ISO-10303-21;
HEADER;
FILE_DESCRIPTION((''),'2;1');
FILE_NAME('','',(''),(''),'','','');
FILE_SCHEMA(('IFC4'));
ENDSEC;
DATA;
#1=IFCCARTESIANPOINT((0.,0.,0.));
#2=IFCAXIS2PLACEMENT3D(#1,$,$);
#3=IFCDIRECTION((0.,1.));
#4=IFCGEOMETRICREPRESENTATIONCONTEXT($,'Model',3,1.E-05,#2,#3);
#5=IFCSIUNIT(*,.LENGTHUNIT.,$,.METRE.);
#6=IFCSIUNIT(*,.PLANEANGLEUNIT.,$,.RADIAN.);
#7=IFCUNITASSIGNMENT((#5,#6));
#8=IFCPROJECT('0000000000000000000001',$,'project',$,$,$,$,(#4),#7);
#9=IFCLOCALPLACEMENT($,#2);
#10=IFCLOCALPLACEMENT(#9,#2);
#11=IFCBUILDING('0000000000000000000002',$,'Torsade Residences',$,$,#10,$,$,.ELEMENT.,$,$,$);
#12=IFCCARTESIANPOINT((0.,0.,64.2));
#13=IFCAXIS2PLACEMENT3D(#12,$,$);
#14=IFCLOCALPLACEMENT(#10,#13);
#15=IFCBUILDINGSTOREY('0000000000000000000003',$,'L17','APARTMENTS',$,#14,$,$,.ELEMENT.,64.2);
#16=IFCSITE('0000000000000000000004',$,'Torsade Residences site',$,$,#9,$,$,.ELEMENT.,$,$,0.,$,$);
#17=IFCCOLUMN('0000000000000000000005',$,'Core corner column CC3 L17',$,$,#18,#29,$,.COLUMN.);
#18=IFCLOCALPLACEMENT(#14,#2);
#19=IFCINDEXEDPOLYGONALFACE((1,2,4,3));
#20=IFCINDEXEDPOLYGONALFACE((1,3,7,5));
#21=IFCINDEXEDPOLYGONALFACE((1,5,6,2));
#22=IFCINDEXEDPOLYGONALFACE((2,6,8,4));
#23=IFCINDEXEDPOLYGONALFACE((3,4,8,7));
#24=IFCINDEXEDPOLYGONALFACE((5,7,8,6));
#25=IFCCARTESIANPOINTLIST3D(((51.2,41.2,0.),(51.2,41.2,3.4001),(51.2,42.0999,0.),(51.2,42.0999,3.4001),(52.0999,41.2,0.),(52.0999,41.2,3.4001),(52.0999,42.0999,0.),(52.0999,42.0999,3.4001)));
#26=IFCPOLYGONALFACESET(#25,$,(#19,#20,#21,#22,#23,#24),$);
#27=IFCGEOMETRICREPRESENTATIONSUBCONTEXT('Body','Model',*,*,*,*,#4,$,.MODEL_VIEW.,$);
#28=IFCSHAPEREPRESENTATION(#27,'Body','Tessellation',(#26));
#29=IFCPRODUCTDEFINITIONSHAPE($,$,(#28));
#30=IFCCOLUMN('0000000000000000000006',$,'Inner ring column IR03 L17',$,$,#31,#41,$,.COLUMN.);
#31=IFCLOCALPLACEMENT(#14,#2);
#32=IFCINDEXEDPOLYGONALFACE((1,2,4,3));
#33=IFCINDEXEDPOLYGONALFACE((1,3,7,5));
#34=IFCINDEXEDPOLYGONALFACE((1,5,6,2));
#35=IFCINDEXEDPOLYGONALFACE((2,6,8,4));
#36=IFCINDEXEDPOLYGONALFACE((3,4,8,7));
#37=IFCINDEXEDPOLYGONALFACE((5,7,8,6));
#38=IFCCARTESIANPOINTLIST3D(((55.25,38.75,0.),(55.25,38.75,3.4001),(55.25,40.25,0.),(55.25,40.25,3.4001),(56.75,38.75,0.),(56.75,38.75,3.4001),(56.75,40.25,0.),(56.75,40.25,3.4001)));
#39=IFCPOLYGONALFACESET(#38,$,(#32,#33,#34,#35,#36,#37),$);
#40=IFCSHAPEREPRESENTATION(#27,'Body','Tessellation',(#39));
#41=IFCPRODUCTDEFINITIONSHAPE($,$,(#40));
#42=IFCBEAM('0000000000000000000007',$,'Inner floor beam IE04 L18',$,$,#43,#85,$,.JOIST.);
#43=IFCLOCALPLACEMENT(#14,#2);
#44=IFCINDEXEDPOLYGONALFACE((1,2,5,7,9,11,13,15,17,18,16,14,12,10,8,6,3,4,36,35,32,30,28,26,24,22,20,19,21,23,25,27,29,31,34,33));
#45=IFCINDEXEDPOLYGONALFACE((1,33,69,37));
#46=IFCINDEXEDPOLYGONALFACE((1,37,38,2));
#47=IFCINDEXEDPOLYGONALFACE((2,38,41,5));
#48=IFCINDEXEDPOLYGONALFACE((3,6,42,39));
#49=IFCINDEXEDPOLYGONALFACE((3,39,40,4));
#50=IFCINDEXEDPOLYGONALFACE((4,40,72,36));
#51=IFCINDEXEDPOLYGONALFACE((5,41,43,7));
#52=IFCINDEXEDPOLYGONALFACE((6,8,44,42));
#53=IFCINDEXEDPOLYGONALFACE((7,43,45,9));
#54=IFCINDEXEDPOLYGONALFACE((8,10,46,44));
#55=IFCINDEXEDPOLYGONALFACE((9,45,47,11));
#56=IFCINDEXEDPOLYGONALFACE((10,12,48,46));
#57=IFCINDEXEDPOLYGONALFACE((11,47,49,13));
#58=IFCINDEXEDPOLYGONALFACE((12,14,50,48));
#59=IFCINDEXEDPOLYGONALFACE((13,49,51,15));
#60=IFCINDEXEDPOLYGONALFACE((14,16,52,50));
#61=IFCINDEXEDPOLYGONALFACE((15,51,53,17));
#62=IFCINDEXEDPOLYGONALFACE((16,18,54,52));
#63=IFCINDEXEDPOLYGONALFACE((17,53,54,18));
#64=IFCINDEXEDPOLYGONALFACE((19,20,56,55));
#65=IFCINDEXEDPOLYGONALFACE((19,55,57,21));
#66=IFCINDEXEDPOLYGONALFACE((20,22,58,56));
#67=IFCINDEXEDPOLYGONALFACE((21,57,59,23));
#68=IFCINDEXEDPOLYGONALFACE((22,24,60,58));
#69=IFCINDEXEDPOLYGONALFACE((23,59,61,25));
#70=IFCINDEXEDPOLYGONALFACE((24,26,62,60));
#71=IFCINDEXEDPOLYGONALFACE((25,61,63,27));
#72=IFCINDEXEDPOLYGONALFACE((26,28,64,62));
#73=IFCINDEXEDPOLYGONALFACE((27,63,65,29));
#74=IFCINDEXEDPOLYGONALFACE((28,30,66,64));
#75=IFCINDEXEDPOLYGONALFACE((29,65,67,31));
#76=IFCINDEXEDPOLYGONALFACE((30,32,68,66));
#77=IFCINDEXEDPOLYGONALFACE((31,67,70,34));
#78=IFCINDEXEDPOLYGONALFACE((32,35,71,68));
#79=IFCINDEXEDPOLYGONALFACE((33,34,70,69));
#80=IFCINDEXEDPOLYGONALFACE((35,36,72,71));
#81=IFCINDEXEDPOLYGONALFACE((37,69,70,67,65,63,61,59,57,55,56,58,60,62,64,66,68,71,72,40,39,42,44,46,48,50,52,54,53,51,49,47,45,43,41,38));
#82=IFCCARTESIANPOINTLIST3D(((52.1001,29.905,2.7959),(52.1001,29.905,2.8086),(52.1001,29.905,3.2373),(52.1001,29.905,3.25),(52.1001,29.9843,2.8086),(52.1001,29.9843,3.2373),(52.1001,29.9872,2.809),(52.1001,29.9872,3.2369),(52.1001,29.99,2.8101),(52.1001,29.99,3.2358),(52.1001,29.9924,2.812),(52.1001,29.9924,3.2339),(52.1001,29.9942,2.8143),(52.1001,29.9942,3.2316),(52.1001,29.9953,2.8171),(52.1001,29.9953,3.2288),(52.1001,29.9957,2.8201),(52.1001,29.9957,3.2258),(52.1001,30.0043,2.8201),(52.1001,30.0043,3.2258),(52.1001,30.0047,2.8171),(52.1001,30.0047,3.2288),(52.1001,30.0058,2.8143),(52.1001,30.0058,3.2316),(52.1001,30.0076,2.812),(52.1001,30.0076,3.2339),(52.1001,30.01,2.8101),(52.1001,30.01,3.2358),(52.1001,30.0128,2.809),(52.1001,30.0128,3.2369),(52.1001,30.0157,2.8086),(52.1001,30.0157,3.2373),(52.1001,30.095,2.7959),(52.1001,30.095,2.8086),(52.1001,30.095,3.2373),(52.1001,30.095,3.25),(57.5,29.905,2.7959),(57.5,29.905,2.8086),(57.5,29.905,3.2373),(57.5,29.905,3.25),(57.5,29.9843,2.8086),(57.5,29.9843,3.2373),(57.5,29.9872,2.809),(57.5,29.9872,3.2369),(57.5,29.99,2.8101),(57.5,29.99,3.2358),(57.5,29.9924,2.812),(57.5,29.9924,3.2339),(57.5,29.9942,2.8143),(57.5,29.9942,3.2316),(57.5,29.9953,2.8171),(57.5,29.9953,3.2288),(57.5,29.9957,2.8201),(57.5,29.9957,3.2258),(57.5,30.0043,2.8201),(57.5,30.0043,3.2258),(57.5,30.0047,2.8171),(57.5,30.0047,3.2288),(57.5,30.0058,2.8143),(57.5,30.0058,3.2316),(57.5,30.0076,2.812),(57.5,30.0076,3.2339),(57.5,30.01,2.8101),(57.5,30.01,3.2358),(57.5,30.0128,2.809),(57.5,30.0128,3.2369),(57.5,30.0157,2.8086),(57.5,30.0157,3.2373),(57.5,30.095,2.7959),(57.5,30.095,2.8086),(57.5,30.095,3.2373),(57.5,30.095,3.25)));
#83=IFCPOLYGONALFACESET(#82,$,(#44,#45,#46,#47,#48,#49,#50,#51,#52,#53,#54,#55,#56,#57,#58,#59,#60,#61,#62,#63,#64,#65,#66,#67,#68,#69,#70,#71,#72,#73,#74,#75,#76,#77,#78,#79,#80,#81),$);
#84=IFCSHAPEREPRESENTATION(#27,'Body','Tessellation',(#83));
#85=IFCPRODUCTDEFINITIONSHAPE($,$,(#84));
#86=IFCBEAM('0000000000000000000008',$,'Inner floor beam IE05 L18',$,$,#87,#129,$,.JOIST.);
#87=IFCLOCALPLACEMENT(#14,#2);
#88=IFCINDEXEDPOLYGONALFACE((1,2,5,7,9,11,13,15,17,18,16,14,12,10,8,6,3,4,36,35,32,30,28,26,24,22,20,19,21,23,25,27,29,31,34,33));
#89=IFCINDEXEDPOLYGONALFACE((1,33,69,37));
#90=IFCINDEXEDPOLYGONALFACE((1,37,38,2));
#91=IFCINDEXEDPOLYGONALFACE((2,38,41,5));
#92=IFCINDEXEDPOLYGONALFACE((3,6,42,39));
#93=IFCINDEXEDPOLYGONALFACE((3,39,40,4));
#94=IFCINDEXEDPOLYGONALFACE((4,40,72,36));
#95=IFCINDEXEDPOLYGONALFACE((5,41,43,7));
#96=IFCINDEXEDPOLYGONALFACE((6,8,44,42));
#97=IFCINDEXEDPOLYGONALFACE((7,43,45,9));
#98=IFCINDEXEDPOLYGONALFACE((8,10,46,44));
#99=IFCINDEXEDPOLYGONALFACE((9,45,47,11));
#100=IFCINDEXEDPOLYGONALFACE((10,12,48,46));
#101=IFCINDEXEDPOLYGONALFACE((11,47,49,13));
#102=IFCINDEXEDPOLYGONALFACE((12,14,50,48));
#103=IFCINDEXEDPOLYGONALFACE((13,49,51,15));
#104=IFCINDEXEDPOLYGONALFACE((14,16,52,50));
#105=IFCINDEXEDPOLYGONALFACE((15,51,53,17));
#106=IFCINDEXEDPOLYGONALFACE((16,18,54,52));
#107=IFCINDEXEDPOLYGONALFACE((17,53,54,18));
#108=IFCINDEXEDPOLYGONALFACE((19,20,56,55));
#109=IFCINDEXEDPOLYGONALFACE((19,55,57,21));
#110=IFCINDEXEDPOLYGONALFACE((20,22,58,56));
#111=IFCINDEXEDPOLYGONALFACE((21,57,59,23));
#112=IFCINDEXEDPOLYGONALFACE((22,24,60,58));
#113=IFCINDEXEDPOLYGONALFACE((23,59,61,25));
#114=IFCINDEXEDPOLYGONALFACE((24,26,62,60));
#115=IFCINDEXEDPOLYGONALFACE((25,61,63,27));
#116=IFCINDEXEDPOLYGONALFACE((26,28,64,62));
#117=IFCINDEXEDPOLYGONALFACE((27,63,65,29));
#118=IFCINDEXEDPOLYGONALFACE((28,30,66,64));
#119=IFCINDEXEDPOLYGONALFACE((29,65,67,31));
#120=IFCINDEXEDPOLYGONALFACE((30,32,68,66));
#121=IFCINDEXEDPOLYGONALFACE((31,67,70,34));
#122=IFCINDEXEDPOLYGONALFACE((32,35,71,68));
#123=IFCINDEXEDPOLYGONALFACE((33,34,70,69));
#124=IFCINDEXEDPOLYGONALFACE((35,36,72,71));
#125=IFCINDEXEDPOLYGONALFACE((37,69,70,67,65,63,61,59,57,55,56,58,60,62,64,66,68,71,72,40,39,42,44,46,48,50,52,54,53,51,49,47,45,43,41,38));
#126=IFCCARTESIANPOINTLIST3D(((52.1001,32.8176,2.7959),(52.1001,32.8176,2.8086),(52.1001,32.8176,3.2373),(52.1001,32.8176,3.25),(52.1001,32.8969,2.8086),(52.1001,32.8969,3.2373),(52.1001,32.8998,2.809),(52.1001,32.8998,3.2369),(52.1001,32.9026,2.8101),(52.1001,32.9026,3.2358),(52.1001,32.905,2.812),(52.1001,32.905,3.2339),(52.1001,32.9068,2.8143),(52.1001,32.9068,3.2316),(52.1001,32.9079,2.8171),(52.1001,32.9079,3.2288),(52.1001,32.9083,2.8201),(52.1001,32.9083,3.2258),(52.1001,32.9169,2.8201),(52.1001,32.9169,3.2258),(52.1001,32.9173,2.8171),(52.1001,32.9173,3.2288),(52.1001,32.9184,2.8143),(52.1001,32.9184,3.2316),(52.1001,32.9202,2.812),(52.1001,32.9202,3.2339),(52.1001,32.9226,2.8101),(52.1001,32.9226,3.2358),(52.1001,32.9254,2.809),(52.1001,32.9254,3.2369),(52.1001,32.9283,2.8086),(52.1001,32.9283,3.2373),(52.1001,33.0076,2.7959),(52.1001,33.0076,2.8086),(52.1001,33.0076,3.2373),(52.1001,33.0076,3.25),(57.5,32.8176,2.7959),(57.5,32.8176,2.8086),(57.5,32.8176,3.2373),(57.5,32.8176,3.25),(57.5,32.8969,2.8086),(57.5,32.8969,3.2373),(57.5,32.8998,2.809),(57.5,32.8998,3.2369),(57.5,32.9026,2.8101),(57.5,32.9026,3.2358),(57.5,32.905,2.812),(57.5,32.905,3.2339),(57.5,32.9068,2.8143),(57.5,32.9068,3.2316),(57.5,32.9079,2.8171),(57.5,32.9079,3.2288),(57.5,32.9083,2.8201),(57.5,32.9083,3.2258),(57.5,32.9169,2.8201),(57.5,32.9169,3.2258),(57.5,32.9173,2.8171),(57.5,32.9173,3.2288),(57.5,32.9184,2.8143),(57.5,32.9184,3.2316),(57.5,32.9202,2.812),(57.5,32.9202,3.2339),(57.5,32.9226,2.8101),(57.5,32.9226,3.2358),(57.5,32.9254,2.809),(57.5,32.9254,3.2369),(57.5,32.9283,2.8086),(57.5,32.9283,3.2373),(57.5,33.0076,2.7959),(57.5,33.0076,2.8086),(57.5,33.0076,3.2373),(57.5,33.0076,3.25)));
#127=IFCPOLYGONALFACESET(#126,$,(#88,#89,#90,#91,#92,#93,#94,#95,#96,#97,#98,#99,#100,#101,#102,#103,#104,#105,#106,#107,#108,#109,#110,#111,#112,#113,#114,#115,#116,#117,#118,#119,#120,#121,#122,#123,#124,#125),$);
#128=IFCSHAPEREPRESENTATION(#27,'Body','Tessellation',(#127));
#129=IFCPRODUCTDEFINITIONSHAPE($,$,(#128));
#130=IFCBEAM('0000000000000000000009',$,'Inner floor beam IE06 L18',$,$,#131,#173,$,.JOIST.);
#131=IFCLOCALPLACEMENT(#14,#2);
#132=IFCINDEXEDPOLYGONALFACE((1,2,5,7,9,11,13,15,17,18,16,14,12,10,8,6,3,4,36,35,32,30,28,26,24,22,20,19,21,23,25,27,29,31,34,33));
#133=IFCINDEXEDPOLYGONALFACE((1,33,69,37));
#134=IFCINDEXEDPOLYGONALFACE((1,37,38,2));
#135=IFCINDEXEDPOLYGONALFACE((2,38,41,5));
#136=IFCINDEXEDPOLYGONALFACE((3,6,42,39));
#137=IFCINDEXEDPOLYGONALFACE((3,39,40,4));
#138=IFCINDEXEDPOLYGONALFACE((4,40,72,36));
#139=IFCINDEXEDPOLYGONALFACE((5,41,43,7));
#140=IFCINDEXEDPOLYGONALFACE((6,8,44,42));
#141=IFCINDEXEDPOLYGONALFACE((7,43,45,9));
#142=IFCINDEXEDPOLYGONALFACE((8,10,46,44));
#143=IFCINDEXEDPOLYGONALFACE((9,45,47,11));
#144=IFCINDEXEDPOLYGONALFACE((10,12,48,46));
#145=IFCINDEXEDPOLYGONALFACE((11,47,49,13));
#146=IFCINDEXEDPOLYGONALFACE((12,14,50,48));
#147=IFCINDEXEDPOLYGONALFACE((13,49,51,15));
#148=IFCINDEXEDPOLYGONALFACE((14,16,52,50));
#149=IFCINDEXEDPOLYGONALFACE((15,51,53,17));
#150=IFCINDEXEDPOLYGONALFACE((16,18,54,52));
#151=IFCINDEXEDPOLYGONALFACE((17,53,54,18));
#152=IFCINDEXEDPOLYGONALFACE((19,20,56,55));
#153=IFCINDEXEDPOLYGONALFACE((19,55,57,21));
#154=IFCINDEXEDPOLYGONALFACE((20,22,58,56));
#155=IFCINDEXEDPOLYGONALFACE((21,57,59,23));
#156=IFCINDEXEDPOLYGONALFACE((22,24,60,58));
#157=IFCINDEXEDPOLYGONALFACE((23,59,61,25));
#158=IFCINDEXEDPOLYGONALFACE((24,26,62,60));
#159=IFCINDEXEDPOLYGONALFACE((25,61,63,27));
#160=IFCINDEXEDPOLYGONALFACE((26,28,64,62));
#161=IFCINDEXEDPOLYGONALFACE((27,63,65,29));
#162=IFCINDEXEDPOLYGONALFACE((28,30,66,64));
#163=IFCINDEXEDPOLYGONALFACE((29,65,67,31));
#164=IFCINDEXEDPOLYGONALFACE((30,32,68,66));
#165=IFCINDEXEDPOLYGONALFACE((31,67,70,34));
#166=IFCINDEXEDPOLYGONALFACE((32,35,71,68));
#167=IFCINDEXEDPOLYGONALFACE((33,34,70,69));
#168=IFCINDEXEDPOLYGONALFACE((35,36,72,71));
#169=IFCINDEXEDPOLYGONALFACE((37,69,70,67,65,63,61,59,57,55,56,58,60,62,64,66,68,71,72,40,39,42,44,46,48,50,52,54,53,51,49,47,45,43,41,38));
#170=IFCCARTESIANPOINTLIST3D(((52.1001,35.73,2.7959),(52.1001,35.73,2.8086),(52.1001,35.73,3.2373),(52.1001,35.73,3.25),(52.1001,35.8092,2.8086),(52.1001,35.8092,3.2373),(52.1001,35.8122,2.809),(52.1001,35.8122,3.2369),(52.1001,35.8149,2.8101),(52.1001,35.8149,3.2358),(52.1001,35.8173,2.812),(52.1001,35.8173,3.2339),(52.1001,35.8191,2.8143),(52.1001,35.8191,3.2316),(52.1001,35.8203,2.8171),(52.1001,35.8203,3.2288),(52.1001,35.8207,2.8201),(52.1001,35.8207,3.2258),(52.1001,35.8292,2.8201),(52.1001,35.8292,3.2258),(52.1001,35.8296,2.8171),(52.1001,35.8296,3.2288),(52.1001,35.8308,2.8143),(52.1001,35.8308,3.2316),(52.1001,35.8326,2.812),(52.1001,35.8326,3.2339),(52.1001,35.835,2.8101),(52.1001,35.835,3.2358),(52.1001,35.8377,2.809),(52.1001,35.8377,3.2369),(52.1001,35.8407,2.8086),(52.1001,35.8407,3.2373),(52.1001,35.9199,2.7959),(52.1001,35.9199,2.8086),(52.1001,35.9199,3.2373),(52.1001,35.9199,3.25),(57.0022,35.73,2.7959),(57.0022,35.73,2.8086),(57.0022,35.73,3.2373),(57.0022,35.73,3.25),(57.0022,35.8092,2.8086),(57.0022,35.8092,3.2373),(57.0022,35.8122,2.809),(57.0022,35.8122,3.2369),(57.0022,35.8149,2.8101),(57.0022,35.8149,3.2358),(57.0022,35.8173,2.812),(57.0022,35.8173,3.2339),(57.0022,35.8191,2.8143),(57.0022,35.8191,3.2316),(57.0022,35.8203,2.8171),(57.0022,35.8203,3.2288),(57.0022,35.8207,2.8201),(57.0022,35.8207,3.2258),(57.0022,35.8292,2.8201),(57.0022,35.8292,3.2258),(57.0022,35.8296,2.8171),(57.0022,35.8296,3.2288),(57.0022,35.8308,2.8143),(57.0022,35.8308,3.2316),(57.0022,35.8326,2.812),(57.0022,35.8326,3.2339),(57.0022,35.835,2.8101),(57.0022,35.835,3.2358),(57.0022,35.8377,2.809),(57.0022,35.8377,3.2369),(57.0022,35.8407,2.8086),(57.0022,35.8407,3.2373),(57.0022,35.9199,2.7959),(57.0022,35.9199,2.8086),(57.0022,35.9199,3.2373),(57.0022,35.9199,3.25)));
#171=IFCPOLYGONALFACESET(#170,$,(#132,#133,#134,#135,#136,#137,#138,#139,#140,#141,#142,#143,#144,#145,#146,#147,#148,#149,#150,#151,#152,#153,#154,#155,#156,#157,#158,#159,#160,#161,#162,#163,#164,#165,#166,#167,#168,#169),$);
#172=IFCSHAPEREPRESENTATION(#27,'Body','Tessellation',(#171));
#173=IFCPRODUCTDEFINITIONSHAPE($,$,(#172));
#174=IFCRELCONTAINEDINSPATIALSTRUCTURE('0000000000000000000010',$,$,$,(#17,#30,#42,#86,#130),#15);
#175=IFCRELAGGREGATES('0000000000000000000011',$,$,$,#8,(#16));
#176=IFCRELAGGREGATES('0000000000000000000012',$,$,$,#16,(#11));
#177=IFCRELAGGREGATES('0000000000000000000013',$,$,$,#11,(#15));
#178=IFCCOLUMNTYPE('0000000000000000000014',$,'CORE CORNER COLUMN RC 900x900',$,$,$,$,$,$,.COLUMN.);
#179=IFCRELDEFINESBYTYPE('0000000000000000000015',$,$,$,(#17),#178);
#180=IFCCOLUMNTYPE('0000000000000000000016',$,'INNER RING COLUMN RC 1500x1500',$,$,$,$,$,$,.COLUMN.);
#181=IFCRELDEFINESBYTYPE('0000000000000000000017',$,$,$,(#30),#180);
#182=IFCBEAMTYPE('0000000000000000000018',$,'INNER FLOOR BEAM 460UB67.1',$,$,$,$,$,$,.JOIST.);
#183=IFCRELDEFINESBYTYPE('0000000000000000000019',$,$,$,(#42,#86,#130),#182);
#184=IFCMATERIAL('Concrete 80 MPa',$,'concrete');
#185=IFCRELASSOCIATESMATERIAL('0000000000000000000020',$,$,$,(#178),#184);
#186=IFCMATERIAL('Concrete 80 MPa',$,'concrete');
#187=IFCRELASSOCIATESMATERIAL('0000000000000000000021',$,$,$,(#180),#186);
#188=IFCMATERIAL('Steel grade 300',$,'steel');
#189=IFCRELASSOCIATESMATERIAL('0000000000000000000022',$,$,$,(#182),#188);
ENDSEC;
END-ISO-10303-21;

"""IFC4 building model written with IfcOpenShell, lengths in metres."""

from ifc_helpers import new_model, si_unit, direction, frame, origin, origin_2d, place, context, subcontext, project, spatial, rectangle, i_section, extrude, material, material_profile, profile_set, type_object, element, save


model = new_model("IFC4")

# Units and contexts
model_context = context("Model", 3, precision=1e-05, world=origin(), true_north=direction((0.0, 1.0)))
body_context = subcontext(model_context, "Body", "Model", "MODEL_VIEW")
ifc_project = project(units=[si_unit("LENGTHUNIT", "METRE"), si_unit("PLANEANGLEUNIT", "RADIAN")], contexts=[model_context])

# Site, building, storey
site_placement = place(None, origin())
site = spatial("IfcSite", under=ifc_project, at=site_placement, Name="Torsade Residences site", CompositionType="ELEMENT", RefElevation=0.0)
building_placement = place(site_placement, origin())
building = spatial("IfcBuilding", under=site, at=building_placement, Name="Torsade Residences", CompositionType="ELEMENT")
storey_placement = place(building_placement, frame((0.0, 0.0, 64.2)))
storey = spatial("IfcBuildingStorey", under=building, at=storey_placement, Name="L17", Description="APARTMENTS", CompositionType="ELEMENT", Elevation=64.2)

# Columns
ifc_material_1 = material(Name="Concrete 80 MPa", Category="concrete")
ifc_material_profile_1 = material_profile(ifc_material_1, rectangle(XDim=0.8999, YDim=0.8999, at=origin_2d()), Name="RC 900x900")
ifc_profile_set_1 = profile_set([ifc_material_profile_1], Name="Concrete 80 MPa")
column_type_1 = type_object("IfcColumnType", Name="CORE CORNER COLUMN RC 900x900", PredefinedType="COLUMN", material=ifc_profile_set_1)
column_1_placement = place(storey_placement, frame((51.6499, 41.6499, 0.0), z_axis=(0.0, 0.0, 1.0), x_axis=(1.0, 0.0, 0.0)))
element("IfcColumn", 1, at=column_1_placement, inside=storey, type_object=column_type_1, Name="Core corner column CC3 L17", PredefinedType="COLUMN", context=body_context, shape_type="SweptSolid", body=[
    extrude(rectangle(XDim=0.8999, YDim=0.8999, at=origin_2d()), origin(), (0.0, 0.0, 1.0), 3.4001),
])
ifc_material_2 = material(Name="Concrete 80 MPa", Category="concrete")
ifc_material_profile_2 = material_profile(ifc_material_2, rectangle(XDim=1.5, YDim=1.5, at=origin_2d()), Name="RC 1500x1500")
ifc_profile_set_2 = profile_set([ifc_material_profile_2], Name="Concrete 80 MPa")
column_type_2 = type_object("IfcColumnType", Name="INNER RING COLUMN RC 1500x1500", PredefinedType="COLUMN", material=ifc_profile_set_2)
column_2_placement = place(storey_placement, frame((56.0, 39.5, 0.0), z_axis=(0.0, 0.0, 1.0), x_axis=(1.0, 0.0, 0.0)))
element("IfcColumn", 2, at=column_2_placement, inside=storey, type_object=column_type_2, Name="Inner ring column IR03 L17", PredefinedType="COLUMN", context=body_context, shape_type="SweptSolid", body=[
    extrude(rectangle(XDim=1.5, YDim=1.5, at=origin_2d()), origin(), (0.0, 0.0, 1.0), 3.4001),
])

# Beams
ifc_material_3 = material(Name="Steel grade 300", Category="steel")
ifc_material_profile_3 = material_profile(ifc_material_3, i_section(OverallWidth=0.1899, OverallDepth=0.4541, WebThickness=0.0085, FlangeThickness=0.0127, FilletRadius=0.0115, at=origin_2d()), Name="460UB67.1")
ifc_profile_set_3 = profile_set([ifc_material_profile_3], Name="Steel grade 300")
beam_type_1 = type_object("IfcBeamType", Name="INNER FLOOR BEAM 460UB67.1", PredefinedType="JOIST", material=ifc_profile_set_3)
for number, where, z_axis, x_axis, name in (
    (3, (52.1001, 30.0, 3.0229), (1.0, 0.0, 0.0), (0.0, 1.0, 0.0), "Inner floor beam IE04 L18"),
    (4, (52.1001, 32.9126, 3.0229), (1.0, 0.0, 0.0), (0.0, 1.0, 0.0), "Inner floor beam IE05 L18"),
):
    element("IfcBeam", number, at=place(storey_placement, frame(where, z_axis=z_axis, x_axis=x_axis)), inside=storey, type_object=beam_type_1, Name=name, PredefinedType="JOIST", context=body_context, shape_type="SweptSolid", body=[
        extrude(i_section(OverallWidth=0.1899, OverallDepth=0.4541, WebThickness=0.0085, FlangeThickness=0.0127, FilletRadius=0.0115, at=origin_2d()), origin(), (0.0, 0.0, 1.0), 5.3999),
    ])
beam_1_placement = place(storey_placement, frame((52.1001, 35.825, 3.0229), z_axis=(1.0, 0.0, 0.0), x_axis=(0.0, 1.0, 0.0)))
element("IfcBeam", 5, at=beam_1_placement, inside=storey, type_object=beam_type_1, Name="Inner floor beam IE06 L18", PredefinedType="JOIST", context=body_context, shape_type="SweptSolid", body=[
    extrude(i_section(OverallWidth=0.1899, OverallDepth=0.4541, WebThickness=0.0085, FlangeThickness=0.0127, FilletRadius=0.0115, at=origin_2d()), origin(), (0.0, 0.0, 1.0), 4.9021),
])

save(model, "model.ifc")
